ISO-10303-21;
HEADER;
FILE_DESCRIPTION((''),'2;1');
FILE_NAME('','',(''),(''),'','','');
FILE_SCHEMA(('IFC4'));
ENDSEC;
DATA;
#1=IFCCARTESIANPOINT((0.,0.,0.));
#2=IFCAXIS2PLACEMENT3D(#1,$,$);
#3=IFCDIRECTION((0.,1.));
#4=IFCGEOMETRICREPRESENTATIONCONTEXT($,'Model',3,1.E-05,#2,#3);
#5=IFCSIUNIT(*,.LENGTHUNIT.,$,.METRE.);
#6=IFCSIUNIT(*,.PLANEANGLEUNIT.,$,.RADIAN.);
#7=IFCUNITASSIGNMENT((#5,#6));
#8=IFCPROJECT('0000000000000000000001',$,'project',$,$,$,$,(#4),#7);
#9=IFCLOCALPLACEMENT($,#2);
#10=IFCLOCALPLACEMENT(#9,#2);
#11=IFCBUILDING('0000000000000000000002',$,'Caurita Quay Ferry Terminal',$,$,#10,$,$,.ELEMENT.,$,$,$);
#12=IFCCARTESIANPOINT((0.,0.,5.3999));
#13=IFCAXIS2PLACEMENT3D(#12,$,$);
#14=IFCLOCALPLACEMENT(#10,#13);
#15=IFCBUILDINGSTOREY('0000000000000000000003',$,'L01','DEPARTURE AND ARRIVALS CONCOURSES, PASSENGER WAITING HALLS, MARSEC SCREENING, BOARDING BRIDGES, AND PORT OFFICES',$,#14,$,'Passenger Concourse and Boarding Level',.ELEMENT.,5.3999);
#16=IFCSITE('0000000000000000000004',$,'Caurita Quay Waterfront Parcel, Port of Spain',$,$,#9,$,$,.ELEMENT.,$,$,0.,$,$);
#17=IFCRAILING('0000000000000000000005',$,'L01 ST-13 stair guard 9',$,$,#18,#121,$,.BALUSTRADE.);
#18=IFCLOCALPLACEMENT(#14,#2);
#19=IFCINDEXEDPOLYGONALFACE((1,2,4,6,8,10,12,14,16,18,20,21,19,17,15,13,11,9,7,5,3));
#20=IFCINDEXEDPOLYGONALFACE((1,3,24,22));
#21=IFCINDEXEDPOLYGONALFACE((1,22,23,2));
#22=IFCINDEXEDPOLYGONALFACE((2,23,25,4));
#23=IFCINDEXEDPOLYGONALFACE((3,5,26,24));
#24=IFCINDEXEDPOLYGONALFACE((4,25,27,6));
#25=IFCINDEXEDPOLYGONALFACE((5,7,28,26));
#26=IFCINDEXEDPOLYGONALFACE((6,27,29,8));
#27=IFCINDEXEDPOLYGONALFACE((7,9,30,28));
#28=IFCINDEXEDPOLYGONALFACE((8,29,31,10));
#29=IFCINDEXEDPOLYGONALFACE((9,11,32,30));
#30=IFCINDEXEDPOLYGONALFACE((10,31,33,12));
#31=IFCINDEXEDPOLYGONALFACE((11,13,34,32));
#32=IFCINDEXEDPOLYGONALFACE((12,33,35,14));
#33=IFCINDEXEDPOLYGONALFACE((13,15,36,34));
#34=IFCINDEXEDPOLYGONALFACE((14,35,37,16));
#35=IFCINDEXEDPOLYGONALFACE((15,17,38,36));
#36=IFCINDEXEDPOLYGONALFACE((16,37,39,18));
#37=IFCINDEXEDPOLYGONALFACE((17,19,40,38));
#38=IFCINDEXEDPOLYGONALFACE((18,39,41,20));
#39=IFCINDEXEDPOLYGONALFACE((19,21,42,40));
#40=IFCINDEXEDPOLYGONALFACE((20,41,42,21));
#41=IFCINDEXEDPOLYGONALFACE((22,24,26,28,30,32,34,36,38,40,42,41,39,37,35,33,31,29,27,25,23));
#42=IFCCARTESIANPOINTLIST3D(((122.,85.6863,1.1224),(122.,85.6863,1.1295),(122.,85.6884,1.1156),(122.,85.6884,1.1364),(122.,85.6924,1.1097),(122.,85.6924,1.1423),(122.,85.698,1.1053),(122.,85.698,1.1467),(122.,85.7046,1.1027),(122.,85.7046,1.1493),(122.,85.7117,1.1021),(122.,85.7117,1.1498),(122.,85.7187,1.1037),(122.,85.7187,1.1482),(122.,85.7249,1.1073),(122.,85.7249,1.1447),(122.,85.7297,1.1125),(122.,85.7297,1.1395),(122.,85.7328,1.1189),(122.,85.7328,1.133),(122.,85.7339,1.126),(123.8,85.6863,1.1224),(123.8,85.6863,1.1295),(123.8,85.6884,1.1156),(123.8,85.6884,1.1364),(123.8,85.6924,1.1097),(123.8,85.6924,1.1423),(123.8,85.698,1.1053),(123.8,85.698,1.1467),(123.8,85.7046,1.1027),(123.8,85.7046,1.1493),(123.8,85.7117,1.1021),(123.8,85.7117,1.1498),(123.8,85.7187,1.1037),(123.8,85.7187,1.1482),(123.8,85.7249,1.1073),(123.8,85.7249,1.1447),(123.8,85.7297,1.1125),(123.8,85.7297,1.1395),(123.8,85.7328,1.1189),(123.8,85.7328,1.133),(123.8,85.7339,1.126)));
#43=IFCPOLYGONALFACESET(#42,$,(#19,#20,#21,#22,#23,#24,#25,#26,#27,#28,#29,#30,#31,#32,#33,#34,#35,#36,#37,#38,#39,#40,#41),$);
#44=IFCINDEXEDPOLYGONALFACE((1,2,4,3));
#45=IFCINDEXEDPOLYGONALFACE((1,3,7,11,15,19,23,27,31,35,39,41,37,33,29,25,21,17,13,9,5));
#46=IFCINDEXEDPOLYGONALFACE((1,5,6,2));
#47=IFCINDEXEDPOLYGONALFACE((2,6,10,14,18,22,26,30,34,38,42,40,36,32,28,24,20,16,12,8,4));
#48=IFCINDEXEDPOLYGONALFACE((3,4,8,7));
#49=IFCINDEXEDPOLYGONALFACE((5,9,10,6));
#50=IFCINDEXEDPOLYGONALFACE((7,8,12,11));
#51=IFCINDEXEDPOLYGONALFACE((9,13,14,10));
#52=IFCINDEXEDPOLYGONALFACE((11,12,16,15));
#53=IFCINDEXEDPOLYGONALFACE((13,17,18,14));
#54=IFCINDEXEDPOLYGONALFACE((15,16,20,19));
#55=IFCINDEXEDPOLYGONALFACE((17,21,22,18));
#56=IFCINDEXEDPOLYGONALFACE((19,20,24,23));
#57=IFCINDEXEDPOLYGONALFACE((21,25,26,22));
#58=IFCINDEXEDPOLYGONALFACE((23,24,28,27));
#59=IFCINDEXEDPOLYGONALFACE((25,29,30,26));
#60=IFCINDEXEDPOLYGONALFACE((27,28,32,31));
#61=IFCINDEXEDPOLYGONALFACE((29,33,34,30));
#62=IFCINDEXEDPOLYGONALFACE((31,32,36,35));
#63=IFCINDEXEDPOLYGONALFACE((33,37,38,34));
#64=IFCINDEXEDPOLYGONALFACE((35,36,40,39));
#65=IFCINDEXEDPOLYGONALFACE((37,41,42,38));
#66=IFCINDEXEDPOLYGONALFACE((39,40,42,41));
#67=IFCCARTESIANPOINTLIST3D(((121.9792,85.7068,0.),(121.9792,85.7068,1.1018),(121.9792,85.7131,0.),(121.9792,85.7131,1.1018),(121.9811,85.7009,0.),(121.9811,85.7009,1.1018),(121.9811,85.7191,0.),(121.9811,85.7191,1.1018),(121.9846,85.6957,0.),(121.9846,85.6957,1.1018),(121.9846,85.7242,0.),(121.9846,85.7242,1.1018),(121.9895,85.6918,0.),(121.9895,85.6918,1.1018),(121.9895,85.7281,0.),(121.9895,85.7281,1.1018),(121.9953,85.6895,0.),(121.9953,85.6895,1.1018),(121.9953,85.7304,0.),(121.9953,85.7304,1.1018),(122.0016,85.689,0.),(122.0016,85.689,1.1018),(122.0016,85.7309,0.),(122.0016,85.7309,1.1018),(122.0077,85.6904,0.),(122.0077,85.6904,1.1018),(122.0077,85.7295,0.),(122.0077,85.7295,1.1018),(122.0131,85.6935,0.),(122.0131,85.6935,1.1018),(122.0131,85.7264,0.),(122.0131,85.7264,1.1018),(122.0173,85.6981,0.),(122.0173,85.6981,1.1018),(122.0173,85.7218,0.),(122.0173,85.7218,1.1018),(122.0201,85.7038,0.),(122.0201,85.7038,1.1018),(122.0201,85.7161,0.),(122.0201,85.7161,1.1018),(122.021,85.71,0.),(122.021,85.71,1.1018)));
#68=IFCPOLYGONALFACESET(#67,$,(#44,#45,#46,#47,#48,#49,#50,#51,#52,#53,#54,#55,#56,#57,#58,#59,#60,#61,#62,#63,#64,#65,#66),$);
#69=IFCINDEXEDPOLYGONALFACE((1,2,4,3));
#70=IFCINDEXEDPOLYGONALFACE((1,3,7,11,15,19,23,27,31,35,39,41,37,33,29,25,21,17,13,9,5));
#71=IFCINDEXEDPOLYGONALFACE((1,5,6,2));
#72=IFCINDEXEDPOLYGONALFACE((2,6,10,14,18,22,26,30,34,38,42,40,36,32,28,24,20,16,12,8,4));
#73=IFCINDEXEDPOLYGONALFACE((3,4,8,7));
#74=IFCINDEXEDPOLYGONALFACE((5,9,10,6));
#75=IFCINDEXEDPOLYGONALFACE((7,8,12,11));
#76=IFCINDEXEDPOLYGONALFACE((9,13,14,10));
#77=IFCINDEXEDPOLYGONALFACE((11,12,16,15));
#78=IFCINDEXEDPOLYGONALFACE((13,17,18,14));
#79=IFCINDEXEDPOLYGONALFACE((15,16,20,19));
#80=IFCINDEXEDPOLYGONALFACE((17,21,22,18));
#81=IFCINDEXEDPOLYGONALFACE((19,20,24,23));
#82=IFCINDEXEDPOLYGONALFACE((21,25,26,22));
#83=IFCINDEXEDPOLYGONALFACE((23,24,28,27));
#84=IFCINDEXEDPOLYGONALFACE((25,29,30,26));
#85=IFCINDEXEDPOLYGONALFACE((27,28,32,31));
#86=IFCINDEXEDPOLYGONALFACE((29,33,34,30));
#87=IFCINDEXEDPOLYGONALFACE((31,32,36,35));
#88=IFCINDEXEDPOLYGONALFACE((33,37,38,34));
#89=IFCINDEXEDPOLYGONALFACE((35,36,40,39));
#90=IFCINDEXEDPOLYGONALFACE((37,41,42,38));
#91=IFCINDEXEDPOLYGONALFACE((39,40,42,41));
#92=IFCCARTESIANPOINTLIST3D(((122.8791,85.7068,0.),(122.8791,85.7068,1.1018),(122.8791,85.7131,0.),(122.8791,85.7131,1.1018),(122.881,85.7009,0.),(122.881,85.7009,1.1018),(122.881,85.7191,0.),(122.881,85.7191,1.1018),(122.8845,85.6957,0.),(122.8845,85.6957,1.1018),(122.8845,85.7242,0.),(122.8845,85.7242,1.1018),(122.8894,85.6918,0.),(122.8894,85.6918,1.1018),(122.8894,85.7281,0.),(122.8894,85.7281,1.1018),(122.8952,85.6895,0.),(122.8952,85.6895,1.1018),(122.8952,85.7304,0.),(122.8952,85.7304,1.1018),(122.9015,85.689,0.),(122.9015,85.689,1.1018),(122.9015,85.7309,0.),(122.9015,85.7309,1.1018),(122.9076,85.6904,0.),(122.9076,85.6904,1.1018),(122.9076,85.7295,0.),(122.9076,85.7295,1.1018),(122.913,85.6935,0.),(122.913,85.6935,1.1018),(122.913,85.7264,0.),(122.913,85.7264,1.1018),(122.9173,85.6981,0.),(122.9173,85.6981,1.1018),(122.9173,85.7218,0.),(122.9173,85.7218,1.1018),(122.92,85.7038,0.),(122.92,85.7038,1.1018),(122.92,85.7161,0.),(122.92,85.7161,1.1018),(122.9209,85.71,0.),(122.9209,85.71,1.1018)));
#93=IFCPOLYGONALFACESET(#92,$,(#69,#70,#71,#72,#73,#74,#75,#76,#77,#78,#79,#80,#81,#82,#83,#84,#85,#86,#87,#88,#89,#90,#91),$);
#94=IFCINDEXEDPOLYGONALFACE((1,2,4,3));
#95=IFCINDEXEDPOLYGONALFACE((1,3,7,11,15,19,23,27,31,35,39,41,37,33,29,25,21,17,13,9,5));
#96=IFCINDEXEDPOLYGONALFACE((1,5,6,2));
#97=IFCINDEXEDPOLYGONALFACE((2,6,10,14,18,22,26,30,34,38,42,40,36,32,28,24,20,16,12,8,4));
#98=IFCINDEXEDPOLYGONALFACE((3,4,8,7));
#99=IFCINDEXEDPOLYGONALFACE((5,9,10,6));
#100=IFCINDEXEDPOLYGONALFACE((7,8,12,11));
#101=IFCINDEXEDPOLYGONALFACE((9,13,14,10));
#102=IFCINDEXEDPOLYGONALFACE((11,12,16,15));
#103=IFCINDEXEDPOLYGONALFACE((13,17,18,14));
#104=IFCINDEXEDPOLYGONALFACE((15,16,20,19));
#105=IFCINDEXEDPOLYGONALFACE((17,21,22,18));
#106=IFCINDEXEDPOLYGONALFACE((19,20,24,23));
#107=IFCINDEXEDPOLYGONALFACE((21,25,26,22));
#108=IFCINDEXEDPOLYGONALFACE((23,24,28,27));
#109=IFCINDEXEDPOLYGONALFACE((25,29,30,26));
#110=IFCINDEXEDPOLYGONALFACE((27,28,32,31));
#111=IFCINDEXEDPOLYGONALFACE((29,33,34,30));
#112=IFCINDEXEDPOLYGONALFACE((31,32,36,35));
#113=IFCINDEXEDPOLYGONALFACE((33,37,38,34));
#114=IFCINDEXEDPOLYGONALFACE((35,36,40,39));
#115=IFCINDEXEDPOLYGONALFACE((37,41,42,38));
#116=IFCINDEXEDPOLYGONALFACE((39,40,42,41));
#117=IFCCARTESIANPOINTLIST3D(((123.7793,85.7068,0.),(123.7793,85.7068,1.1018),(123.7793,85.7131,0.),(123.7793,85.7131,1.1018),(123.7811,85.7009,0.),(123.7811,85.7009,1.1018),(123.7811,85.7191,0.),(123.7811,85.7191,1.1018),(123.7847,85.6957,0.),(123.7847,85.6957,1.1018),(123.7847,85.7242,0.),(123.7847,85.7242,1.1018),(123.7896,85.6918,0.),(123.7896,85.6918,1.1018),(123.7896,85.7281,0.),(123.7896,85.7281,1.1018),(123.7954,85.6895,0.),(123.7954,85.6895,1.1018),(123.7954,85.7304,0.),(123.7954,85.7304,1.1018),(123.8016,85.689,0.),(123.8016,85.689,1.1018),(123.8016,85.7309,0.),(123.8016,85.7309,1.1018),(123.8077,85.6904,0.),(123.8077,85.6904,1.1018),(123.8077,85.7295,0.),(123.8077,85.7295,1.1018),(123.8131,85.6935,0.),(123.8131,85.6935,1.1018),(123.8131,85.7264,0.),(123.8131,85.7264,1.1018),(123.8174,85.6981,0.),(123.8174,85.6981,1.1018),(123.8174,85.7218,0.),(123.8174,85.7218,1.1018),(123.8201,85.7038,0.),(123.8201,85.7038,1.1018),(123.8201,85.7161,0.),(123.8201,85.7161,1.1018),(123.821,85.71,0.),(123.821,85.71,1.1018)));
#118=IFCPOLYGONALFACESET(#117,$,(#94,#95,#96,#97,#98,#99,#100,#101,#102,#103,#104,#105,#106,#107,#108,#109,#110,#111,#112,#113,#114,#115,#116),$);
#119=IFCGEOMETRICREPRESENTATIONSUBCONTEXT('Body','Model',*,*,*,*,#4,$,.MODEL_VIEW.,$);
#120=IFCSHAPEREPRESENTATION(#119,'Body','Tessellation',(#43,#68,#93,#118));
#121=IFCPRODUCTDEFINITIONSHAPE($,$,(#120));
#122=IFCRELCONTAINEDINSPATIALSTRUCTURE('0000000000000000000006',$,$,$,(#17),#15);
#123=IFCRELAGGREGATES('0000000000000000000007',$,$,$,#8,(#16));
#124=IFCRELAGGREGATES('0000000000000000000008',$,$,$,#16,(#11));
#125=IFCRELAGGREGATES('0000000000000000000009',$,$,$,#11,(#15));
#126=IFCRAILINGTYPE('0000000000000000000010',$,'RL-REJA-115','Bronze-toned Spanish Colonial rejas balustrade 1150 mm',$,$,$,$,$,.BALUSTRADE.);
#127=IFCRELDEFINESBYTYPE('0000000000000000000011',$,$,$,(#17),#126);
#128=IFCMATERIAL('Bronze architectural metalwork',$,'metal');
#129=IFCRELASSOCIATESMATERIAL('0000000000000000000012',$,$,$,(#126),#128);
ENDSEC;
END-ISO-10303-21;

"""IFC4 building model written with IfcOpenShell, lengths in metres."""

from ifc_helpers import new_model, si_unit, direction, frame, origin, origin_2d, place, context, subcontext, project, spatial, circle, extrude, material, type_object, element, save


model = new_model("IFC4")

# Units and contexts
model_context = context("Model", 3, precision=1e-05, world=origin(), true_north=direction((0.0, 1.0)))
body_context = subcontext(model_context, "Body", "Model", "MODEL_VIEW")
ifc_project = project(units=[si_unit("LENGTHUNIT", "METRE"), si_unit("PLANEANGLEUNIT", "RADIAN")], contexts=[model_context])

# Site, building, storey
site_placement = place(None, origin())
site = spatial("IfcSite", under=ifc_project, at=site_placement, Name="Caurita Quay Waterfront Parcel, Port of Spain", CompositionType="ELEMENT", RefElevation=0.0)
building_placement = place(site_placement, origin())
building = spatial("IfcBuilding", under=site, at=building_placement, Name="Caurita Quay Ferry Terminal", CompositionType="ELEMENT")
storey_placement = place(building_placement, frame((0.0, 0.0, 5.3999)))
storey = spatial("IfcBuildingStorey", under=building, at=storey_placement, Name="L01", Description="DEPARTURE AND ARRIVALS CONCOURSES, PASSENGER WAITING HALLS, MARSEC SCREENING, BOARDING BRIDGES, AND PORT OFFICES", LongName="Passenger Concourse and Boarding Level", CompositionType="ELEMENT", Elevation=5.3999)

# Railing
ifc_material_1 = material(Name="Bronze architectural metalwork", Category="metal")
railing_type_1 = type_object("IfcRailingType", Name="RL-REJA-115", Description="Bronze-toned Spanish Colonial rejas balustrade 1150 mm", PredefinedType="BALUSTRADE", material=ifc_material_1)
for number, where, name in (
    (1, (122.0, 85.71, 0.0), "L01 ST-13 stair guard 9"),
):
    element("IfcRailing", number, at=place(storey_placement, frame(where)), inside=storey, type_object=railing_type_1, Name=name, PredefinedType="BALUSTRADE", context=body_context, shape_type="SweptSolid", body=[
        extrude(circle(Radius=0.0239, at=origin_2d()), frame((0.0, 0.0, 1.126), z_axis=(1.0, 0.0, 0.0), x_axis=(0.0, 1.0, 0.0)), (0.0, 0.0, 1.0), 1.8),
        extrude(circle(Radius=0.021, at=origin_2d()), origin(), (0.0, 0.0, 1.0), 1.1018),
        extrude(circle(Radius=0.021, at=origin_2d()), frame((0.8999, 0.0, 0.0)), (0.0, 0.0, 1.0), 1.1018),
        extrude(circle(Radius=0.021, at=origin_2d()), frame((1.8, 0.0, 0.0)), (0.0, 0.0, 1.0), 1.1018),
    ])

save(model, "model.ifc")
